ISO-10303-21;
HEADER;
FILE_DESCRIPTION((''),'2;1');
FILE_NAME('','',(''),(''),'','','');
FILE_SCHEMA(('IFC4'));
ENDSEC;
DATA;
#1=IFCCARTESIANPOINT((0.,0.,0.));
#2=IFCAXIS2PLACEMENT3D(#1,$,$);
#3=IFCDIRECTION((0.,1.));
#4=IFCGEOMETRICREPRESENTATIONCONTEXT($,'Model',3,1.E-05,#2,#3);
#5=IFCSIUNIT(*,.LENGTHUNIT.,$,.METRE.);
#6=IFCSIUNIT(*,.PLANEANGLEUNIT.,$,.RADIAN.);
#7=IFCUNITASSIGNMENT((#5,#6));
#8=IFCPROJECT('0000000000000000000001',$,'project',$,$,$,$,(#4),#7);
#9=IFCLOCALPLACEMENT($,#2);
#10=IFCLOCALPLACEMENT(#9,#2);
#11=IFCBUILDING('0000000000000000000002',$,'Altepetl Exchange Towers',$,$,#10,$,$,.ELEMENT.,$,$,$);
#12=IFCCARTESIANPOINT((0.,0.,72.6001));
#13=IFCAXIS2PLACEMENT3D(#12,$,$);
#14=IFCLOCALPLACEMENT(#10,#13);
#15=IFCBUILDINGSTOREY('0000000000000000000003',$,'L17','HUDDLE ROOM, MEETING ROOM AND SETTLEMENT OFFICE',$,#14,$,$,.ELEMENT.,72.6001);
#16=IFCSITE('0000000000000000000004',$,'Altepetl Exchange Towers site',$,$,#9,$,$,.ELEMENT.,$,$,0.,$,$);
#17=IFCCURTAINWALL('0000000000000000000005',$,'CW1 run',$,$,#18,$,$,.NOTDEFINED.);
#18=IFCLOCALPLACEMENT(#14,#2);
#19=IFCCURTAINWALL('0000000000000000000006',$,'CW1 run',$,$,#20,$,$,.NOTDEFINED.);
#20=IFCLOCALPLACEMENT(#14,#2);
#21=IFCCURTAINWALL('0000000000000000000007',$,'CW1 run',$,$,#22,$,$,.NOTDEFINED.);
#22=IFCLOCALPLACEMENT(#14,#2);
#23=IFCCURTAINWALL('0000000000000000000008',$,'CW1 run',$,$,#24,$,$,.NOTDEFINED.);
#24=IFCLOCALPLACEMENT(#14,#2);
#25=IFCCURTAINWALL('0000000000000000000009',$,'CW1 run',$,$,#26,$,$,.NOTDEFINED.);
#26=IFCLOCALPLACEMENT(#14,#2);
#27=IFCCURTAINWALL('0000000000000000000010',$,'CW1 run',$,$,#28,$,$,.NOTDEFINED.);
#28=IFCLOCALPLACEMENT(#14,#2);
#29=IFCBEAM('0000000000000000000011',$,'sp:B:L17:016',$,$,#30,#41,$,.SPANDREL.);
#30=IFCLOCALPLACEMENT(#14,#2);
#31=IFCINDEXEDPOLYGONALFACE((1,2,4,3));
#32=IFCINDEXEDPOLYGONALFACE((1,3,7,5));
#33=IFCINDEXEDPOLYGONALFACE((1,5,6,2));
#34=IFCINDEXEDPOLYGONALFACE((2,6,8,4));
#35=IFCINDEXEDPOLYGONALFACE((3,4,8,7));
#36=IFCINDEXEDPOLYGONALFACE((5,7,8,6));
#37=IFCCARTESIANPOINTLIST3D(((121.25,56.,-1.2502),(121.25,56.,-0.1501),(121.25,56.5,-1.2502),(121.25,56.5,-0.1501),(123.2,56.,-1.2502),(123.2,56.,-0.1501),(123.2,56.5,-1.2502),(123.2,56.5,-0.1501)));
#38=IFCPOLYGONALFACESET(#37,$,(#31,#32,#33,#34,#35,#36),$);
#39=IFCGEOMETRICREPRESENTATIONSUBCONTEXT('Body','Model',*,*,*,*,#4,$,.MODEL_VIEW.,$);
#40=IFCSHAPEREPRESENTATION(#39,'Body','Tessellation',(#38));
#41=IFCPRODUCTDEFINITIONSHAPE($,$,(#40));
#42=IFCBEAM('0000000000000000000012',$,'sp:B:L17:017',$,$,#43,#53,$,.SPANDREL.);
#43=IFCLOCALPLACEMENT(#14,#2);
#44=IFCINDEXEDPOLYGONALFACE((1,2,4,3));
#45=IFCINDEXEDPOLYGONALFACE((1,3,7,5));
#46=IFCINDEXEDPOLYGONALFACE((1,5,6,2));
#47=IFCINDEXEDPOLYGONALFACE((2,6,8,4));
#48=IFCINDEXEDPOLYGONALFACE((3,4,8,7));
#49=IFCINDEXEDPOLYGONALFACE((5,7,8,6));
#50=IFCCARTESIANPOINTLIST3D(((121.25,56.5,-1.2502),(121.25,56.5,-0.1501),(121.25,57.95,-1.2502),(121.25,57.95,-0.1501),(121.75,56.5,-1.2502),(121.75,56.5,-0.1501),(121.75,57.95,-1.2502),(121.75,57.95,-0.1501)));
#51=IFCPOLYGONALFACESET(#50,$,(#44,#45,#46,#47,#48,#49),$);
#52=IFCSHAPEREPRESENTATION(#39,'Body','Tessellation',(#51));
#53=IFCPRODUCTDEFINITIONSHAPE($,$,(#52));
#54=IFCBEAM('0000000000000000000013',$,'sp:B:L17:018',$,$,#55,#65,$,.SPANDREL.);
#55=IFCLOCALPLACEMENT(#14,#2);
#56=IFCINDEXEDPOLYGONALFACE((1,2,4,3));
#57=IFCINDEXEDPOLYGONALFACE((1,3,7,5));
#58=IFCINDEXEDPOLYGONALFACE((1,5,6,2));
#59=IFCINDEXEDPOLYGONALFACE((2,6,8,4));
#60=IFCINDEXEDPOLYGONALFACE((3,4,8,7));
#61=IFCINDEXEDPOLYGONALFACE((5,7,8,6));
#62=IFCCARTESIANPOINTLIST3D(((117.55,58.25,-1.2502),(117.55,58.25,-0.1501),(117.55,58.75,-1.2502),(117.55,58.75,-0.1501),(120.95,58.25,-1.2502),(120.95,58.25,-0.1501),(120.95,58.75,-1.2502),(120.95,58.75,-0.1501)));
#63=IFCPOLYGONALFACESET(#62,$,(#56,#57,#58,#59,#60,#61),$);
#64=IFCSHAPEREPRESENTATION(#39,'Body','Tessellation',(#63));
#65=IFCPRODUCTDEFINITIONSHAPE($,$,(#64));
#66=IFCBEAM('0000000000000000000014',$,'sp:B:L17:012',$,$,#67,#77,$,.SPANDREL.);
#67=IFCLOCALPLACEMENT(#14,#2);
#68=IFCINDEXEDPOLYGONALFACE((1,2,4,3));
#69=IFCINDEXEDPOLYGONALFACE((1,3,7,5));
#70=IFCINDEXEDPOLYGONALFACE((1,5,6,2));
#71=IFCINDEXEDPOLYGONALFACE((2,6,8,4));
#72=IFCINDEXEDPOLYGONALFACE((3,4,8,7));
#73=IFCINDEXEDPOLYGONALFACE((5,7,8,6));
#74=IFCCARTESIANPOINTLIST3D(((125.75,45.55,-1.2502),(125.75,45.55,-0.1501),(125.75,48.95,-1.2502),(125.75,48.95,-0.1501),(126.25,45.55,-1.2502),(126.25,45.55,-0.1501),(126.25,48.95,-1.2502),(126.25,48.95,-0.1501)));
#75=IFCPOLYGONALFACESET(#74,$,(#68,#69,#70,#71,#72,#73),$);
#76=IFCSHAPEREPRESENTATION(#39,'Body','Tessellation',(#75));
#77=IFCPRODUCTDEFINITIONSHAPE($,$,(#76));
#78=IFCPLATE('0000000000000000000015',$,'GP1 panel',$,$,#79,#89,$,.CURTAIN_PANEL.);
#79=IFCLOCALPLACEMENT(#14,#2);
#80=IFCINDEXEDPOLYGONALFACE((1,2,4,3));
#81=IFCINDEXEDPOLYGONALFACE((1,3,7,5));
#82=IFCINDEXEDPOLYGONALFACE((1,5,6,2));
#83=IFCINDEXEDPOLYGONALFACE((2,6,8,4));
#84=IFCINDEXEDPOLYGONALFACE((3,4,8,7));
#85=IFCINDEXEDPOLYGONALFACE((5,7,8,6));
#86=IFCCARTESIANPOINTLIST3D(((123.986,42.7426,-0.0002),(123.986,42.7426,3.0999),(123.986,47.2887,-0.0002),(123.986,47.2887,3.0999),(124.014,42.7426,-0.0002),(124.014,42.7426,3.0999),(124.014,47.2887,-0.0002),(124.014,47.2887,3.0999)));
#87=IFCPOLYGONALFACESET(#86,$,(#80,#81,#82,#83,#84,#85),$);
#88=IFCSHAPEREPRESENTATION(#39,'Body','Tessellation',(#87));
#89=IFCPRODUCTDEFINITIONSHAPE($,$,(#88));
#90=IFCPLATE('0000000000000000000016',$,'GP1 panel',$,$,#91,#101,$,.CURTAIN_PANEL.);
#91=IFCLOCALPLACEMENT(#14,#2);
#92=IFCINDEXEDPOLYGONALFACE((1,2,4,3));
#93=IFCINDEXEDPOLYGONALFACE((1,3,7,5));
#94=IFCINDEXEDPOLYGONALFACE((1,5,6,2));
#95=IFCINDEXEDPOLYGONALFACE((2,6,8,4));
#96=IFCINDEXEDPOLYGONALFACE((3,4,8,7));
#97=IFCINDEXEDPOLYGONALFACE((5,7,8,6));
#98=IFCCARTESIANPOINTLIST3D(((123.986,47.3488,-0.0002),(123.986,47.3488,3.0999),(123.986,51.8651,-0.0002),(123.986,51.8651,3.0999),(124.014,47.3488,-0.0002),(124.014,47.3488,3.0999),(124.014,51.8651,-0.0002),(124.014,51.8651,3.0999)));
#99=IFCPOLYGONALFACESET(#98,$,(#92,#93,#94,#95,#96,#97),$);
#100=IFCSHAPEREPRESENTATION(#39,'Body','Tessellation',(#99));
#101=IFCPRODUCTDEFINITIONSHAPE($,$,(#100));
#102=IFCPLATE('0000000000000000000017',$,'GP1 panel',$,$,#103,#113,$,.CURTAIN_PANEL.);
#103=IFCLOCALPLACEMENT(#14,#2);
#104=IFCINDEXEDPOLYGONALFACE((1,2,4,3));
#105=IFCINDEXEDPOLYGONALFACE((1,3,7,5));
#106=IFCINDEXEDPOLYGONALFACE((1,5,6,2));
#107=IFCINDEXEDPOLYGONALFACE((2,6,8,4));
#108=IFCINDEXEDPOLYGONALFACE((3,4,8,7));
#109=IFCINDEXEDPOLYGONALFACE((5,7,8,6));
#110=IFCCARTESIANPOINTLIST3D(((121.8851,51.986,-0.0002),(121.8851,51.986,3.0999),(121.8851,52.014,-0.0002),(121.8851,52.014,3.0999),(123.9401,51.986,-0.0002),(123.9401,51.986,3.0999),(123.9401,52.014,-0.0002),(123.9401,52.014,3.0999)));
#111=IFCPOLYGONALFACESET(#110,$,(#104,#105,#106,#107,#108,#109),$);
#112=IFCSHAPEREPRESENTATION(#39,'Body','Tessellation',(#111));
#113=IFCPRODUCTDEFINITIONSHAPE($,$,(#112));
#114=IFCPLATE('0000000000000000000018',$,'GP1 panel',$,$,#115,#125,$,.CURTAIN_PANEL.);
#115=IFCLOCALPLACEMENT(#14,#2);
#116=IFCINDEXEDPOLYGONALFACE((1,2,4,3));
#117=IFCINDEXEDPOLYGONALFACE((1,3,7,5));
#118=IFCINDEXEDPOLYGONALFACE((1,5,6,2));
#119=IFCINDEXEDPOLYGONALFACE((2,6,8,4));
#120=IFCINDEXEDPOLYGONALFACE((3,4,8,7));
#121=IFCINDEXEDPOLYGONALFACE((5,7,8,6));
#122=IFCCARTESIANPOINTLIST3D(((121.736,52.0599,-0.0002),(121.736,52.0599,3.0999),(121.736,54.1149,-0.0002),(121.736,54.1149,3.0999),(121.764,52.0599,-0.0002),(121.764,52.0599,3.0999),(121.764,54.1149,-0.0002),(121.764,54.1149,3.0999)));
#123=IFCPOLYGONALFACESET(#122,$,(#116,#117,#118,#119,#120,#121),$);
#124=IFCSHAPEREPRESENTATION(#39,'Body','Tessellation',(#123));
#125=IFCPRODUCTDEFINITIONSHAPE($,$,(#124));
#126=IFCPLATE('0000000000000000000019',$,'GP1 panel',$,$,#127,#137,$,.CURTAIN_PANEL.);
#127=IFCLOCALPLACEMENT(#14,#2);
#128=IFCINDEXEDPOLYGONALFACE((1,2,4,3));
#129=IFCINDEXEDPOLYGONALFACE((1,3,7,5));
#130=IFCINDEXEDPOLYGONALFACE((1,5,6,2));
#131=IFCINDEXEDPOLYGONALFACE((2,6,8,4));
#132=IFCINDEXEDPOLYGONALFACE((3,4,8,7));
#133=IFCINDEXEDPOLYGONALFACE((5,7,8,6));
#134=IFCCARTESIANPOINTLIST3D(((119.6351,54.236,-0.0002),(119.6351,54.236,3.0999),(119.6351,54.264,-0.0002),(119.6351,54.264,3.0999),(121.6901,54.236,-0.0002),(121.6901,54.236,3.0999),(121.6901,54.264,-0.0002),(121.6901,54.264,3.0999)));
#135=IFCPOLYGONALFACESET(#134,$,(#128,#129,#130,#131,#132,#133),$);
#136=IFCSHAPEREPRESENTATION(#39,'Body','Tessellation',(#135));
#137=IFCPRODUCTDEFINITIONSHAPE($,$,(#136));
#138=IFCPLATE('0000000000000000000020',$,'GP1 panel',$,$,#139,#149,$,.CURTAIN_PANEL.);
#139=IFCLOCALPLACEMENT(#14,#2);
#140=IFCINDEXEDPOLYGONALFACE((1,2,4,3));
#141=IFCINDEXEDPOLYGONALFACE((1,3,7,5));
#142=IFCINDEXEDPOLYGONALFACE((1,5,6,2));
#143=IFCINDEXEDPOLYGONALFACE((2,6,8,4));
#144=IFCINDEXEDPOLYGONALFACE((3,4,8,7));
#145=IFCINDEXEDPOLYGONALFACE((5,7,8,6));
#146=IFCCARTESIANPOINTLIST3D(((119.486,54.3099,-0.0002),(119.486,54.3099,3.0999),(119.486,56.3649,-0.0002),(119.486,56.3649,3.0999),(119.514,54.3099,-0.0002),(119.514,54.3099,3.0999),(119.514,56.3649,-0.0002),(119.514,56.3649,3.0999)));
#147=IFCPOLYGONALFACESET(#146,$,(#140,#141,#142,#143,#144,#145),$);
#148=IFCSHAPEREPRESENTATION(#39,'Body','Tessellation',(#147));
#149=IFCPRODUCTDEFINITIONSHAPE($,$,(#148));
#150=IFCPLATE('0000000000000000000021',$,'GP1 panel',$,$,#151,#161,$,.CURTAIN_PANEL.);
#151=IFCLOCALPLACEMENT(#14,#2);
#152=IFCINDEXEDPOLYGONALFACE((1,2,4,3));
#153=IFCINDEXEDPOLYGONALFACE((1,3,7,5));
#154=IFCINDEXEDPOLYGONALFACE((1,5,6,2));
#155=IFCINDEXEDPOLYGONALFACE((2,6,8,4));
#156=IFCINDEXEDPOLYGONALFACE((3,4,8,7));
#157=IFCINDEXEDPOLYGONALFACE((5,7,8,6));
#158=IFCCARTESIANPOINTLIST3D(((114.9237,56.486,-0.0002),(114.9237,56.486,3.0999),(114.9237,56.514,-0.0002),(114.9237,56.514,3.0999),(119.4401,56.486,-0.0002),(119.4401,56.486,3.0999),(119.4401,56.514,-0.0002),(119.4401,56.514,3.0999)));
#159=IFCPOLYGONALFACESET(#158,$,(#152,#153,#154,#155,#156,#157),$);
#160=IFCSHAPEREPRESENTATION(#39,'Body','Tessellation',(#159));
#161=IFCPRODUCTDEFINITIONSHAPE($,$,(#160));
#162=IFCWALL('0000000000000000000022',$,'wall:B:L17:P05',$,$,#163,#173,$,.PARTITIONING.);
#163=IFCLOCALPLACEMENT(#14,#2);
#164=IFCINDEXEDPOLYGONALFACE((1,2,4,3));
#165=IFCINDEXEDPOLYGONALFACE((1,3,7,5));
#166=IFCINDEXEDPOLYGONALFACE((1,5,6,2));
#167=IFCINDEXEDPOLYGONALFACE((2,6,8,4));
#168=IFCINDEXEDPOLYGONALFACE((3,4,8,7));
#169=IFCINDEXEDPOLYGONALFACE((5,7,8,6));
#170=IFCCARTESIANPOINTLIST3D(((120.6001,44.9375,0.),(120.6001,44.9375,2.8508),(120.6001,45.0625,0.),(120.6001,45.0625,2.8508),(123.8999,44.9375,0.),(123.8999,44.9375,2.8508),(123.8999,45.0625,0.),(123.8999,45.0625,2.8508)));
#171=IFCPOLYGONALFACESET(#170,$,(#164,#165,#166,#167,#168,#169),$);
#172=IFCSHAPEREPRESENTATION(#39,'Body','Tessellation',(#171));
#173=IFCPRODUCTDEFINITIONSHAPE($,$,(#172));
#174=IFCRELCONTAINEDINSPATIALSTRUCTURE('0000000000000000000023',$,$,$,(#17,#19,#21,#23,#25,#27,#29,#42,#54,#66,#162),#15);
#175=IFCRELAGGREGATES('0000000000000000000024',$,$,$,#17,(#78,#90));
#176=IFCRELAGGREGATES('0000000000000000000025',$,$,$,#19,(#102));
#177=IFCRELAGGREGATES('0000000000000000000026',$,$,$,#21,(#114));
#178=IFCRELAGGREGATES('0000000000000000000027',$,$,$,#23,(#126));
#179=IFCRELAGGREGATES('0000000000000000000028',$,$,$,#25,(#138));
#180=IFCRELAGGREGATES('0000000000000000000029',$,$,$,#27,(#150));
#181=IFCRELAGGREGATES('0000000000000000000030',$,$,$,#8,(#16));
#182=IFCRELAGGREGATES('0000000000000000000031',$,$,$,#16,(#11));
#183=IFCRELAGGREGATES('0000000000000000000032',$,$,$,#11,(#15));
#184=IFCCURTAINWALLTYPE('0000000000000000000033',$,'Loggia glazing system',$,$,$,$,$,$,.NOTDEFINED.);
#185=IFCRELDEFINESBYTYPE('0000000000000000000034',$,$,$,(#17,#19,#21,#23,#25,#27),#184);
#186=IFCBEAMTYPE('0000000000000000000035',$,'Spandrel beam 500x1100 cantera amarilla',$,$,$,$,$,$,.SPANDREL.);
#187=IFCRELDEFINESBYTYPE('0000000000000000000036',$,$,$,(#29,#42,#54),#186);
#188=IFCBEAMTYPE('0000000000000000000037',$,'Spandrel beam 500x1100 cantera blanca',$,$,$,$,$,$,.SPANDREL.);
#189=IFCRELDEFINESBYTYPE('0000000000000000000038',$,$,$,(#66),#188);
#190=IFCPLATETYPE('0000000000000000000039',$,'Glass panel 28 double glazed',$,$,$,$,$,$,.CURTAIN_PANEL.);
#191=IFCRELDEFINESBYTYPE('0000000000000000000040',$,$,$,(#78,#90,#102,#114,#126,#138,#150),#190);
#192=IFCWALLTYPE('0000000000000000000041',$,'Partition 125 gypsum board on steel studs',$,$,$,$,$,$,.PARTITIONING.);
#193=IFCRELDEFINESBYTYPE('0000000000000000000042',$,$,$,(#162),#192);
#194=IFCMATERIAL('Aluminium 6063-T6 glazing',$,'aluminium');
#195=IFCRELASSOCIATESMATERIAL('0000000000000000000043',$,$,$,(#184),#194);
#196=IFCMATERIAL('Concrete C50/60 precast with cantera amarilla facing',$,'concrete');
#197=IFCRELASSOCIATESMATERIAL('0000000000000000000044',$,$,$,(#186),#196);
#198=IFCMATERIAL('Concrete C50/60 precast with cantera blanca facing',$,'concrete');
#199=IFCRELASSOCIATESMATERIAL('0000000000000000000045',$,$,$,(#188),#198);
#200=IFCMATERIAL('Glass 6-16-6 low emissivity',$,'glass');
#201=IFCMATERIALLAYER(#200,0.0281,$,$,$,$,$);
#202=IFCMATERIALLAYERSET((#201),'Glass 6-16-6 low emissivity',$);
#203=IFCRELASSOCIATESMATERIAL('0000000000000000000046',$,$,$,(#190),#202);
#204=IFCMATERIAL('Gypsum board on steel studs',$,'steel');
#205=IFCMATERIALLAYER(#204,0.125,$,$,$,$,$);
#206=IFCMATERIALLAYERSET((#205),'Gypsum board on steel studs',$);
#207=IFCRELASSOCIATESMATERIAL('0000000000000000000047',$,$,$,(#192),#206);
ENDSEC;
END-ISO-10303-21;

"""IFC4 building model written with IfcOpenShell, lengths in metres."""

from ifc_helpers import new_model, si_unit, direction, frame, frame_2d, origin, origin_2d, place, context, subcontext, project, spatial, rectangle, extrude, material, layer, layer_set, material_profile, profile_set, type_object, element, aggregate, save


model = new_model("IFC4")

# Units and contexts
model_context = context("Model", 3, precision=1e-05, world=origin(), true_north=direction((0.0, 1.0)))
body_context = subcontext(model_context, "Body", "Model", "MODEL_VIEW")
ifc_project = project(units=[si_unit("LENGTHUNIT", "METRE"), si_unit("PLANEANGLEUNIT", "RADIAN")], contexts=[model_context])

# Site, building, storey
site_placement = place(None, origin())
site = spatial("IfcSite", under=ifc_project, at=site_placement, Name="Altepetl Exchange Towers site", CompositionType="ELEMENT", RefElevation=0.0)
building_placement = place(site_placement, origin())
building = spatial("IfcBuilding", under=site, at=building_placement, Name="Altepetl Exchange Towers", CompositionType="ELEMENT")
storey_placement = place(building_placement, frame((0.0, 0.0, 72.6001)))
storey = spatial("IfcBuildingStorey", under=building, at=storey_placement, Name="L17", Description="HUDDLE ROOM, MEETING ROOM AND SETTLEMENT OFFICE", CompositionType="ELEMENT", Elevation=72.6001)

# Curtain walls
ifc_material_1 = material(Name="Aluminium 6063-T6 glazing", Category="aluminium")
curtain_wall_type = type_object("IfcCurtainWallType", Name="Loggia glazing system", PredefinedType="NOTDEFINED", material=ifc_material_1)
curtain_wall_1_placement = place(storey_placement, origin())
curtain_wall_1 = element("IfcCurtainWall", 1, at=curtain_wall_1_placement, inside=storey, type_object=curtain_wall_type, Name="CW1 run", PredefinedType="NOTDEFINED")
curtain_wall_2_placement = place(storey_placement, origin())
curtain_wall_2 = element("IfcCurtainWall", 2, at=curtain_wall_2_placement, inside=storey, type_object=curtain_wall_type, Name="CW1 run", PredefinedType="NOTDEFINED")
curtain_wall_3_placement = place(storey_placement, origin())
curtain_wall_3 = element("IfcCurtainWall", 3, at=curtain_wall_3_placement, inside=storey, type_object=curtain_wall_type, Name="CW1 run", PredefinedType="NOTDEFINED")
curtain_wall_4_placement = place(storey_placement, origin())
curtain_wall_4 = element("IfcCurtainWall", 4, at=curtain_wall_4_placement, inside=storey, type_object=curtain_wall_type, Name="CW1 run", PredefinedType="NOTDEFINED")
curtain_wall_5_placement = place(storey_placement, origin())
curtain_wall_5 = element("IfcCurtainWall", 5, at=curtain_wall_5_placement, inside=storey, type_object=curtain_wall_type, Name="CW1 run", PredefinedType="NOTDEFINED")

# Curtain wall
curtain_wall_6_placement = place(storey_placement, origin())
curtain_wall_6 = element("IfcCurtainWall", 6, at=curtain_wall_6_placement, inside=storey, type_object=curtain_wall_type, Name="CW1 run", PredefinedType="NOTDEFINED")

# Beams
ifc_material_2 = material(Name="Concrete C50/60 precast with cantera amarilla facing", Category="concrete")
ifc_material_profile_1 = material_profile(ifc_material_2, rectangle(XDim=0.5, YDim=1.1001, at=origin_2d()), Name="500 x 1100")
ifc_profile_set_1 = profile_set([ifc_material_profile_1], Name="Concrete C50/60 precast with cantera amarilla facing")
beam_type_1 = type_object("IfcBeamType", Name="Spandrel beam 500x1100 cantera amarilla", PredefinedType="SPANDREL", material=ifc_profile_set_1)
beam_1_placement = place(storey_placement, frame((123.2, 56.25, -0.7002), z_axis=(-1.0, 0.0, 0.0), x_axis=(0.0, -1.0, 0.0)))
element("IfcBeam", 7, at=beam_1_placement, inside=storey, type_object=beam_type_1, Name="sp:B:L17:016", PredefinedType="SPANDREL", context=body_context, shape_type="SweptSolid", body=[
    extrude(rectangle(XDim=0.5, YDim=1.1001, at=origin_2d()), origin(), (0.0, 0.0, 1.0), 1.95),
])
beam_2_placement = place(storey_placement, frame((121.5, 56.5, -0.7002), z_axis=(0.0, 1.0, 0.0), x_axis=(-1.0, 0.0, 0.0)))
element("IfcBeam", 8, at=beam_2_placement, inside=storey, type_object=beam_type_1, Name="sp:B:L17:017", PredefinedType="SPANDREL", context=body_context, shape_type="SweptSolid", body=[
    extrude(rectangle(XDim=0.5, YDim=1.1001, at=origin_2d()), origin(), (0.0, 0.0, 1.0), 1.45),
])
beam_3_placement = place(storey_placement, frame((120.95, 58.5, -0.7002), z_axis=(-1.0, 0.0, 0.0), x_axis=(0.0, -1.0, 0.0)))
element("IfcBeam", 9, at=beam_3_placement, inside=storey, type_object=beam_type_1, Name="sp:B:L17:018", PredefinedType="SPANDREL", context=body_context, shape_type="SweptSolid", body=[
    extrude(rectangle(XDim=0.5, YDim=1.1001, at=origin_2d()), origin(), (0.0, 0.0, 1.0), 3.3999),
])
ifc_material_3 = material(Name="Concrete C50/60 precast with cantera blanca facing", Category="concrete")
ifc_material_profile_2 = material_profile(ifc_material_3, rectangle(XDim=0.5, YDim=1.1001, at=origin_2d()), Name="500 x 1100")
ifc_profile_set_2 = profile_set([ifc_material_profile_2], Name="Concrete C50/60 precast with cantera blanca facing")
beam_type_2 = type_object("IfcBeamType", Name="Spandrel beam 500x1100 cantera blanca", PredefinedType="SPANDREL", material=ifc_profile_set_2)
beam_4_placement = place(storey_placement, frame((126.0, 45.55, -0.7002), z_axis=(0.0, 1.0, 0.0), x_axis=(-1.0, 0.0, 0.0)))
element("IfcBeam", 10, at=beam_4_placement, inside=storey, type_object=beam_type_2, Name="sp:B:L17:012", PredefinedType="SPANDREL", context=body_context, shape_type="SweptSolid", body=[
    extrude(rectangle(XDim=0.5, YDim=1.1001, at=origin_2d()), origin(), (0.0, 0.0, 1.0), 3.3999),
])

# Plates
ifc_material_4 = material(Name="Glass 6-16-6 low emissivity", Category="glass")
ifc_layer_1 = layer(ifc_material_4, 0.0281)
ifc_layer_set_1 = layer_set([ifc_layer_1], Name="Glass 6-16-6 low emissivity")
plate_type = type_object("IfcPlateType", Name="Glass panel 28 double glazed", PredefinedType="CURTAIN_PANEL", material=ifc_layer_set_1)
plate_1_placement = place(storey_placement, frame((124.0, 45.0156, -0.0002), z_axis=(0.0, 0.0, 1.0), x_axis=(0.0, 1.0, 0.0)))
plate_1 = element("IfcPlate", 11, at=plate_1_placement, type_object=plate_type, Name="GP1 panel", PredefinedType="CURTAIN_PANEL", context=body_context, shape_type="SweptSolid", body=[
    extrude(rectangle(XDim=4.5461, YDim=0.0281, at=origin_2d()), origin(), (0.0, 0.0, 1.0), 3.1001),
])
plate_2_placement = place(storey_placement, frame((124.0, 49.6069, -0.0002), z_axis=(0.0, 0.0, 1.0), x_axis=(0.0, 1.0, 0.0)))
plate_2 = element("IfcPlate", 12, at=plate_2_placement, type_object=plate_type, Name="GP1 panel", PredefinedType="CURTAIN_PANEL", context=body_context, shape_type="SweptSolid", body=[
    extrude(rectangle(XDim=4.5164, YDim=0.0281, at=origin_2d()), origin(), (0.0, 0.0, 1.0), 3.1001),
])
aggregate(curtain_wall_1, [plate_1, plate_2])
plate_3_placement = place(storey_placement, frame((122.9126, 52.0, -0.0002), z_axis=(0.0, 0.0, 1.0), x_axis=(-1.0, 0.0, 0.0)))
plate_3 = element("IfcPlate", 13, at=plate_3_placement, type_object=plate_type, Name="GP1 panel", PredefinedType="CURTAIN_PANEL", context=body_context, shape_type="SweptSolid", body=[
    extrude(rectangle(XDim=2.0549, YDim=0.0281, at=origin_2d()), origin(), (0.0, 0.0, 1.0), 3.1001),
])
aggregate(curtain_wall_2, [plate_3])
plate_4_placement = place(storey_placement, frame((121.75, 53.0874, -0.0002), z_axis=(0.0, 0.0, 1.0), x_axis=(0.0, 1.0, 0.0)))
plate_4 = element("IfcPlate", 14, at=plate_4_placement, type_object=plate_type, Name="GP1 panel", PredefinedType="CURTAIN_PANEL", context=body_context, shape_type="SweptSolid", body=[
    extrude(rectangle(XDim=2.0549, YDim=0.0281, at=origin_2d()), origin(), (0.0, 0.0, 1.0), 3.1001),
])
aggregate(curtain_wall_3, [plate_4])
plate_5_placement = place(storey_placement, frame((120.6626, 54.25, -0.0002), z_axis=(0.0, 0.0, 1.0), x_axis=(-1.0, 0.0, 0.0)))
plate_5 = element("IfcPlate", 15, at=plate_5_placement, type_object=plate_type, Name="GP1 panel", PredefinedType="CURTAIN_PANEL", context=body_context, shape_type="SweptSolid", body=[
    extrude(rectangle(XDim=2.0549, YDim=0.0281, at=origin_2d()), origin(), (0.0, 0.0, 1.0), 3.1001),
])
aggregate(curtain_wall_4, [plate_5])
plate_6_placement = place(storey_placement, frame((119.5, 55.3374, -0.0002), z_axis=(0.0, 0.0, 1.0), x_axis=(0.0, 1.0, 0.0)))
plate_6 = element("IfcPlate", 16, at=plate_6_placement, type_object=plate_type, Name="GP1 panel", PredefinedType="CURTAIN_PANEL", context=body_context, shape_type="SweptSolid", body=[
    extrude(rectangle(XDim=2.0549, YDim=0.0281, at=origin_2d()), origin(), (0.0, 0.0, 1.0), 3.1001),
])
aggregate(curtain_wall_5, [plate_6])
plate_7_placement = place(storey_placement, frame((117.1819, 56.5, -0.0002), z_axis=(0.0, 0.0, 1.0), x_axis=(-1.0, 0.0, 0.0)))
plate_7 = element("IfcPlate", 17, at=plate_7_placement, type_object=plate_type, Name="GP1 panel", PredefinedType="CURTAIN_PANEL", context=body_context, shape_type="SweptSolid", body=[
    extrude(rectangle(XDim=4.5164, YDim=0.0281, at=origin_2d()), origin(), (0.0, 0.0, 1.0), 3.1001),
])
aggregate(curtain_wall_6, [plate_7])

# Wall
ifc_material_5 = material(Name="Gypsum board on steel studs", Category="steel")
ifc_layer_2 = layer(ifc_material_5, 0.125)
ifc_layer_set_2 = layer_set([ifc_layer_2], Name="Gypsum board on steel studs")
wall_type = type_object("IfcWallType", Name="Partition 125 gypsum board on steel studs", PredefinedType="PARTITIONING", material=ifc_layer_set_2)
wall_placement = place(storey_placement, frame((120.6001, 45.0, 0.0)))
element("IfcWall", 18, at=wall_placement, inside=storey, type_object=wall_type, Name="wall:B:L17:P05", PredefinedType="PARTITIONING", context=body_context, shape_type="SweptSolid", body=[
    extrude(rectangle(XDim=3.2998, YDim=0.125, at=frame_2d((1.6499, 0.0))), origin(), (0.0, 0.0, 1.0), 2.8508),
])

save(model, "model.ifc")
